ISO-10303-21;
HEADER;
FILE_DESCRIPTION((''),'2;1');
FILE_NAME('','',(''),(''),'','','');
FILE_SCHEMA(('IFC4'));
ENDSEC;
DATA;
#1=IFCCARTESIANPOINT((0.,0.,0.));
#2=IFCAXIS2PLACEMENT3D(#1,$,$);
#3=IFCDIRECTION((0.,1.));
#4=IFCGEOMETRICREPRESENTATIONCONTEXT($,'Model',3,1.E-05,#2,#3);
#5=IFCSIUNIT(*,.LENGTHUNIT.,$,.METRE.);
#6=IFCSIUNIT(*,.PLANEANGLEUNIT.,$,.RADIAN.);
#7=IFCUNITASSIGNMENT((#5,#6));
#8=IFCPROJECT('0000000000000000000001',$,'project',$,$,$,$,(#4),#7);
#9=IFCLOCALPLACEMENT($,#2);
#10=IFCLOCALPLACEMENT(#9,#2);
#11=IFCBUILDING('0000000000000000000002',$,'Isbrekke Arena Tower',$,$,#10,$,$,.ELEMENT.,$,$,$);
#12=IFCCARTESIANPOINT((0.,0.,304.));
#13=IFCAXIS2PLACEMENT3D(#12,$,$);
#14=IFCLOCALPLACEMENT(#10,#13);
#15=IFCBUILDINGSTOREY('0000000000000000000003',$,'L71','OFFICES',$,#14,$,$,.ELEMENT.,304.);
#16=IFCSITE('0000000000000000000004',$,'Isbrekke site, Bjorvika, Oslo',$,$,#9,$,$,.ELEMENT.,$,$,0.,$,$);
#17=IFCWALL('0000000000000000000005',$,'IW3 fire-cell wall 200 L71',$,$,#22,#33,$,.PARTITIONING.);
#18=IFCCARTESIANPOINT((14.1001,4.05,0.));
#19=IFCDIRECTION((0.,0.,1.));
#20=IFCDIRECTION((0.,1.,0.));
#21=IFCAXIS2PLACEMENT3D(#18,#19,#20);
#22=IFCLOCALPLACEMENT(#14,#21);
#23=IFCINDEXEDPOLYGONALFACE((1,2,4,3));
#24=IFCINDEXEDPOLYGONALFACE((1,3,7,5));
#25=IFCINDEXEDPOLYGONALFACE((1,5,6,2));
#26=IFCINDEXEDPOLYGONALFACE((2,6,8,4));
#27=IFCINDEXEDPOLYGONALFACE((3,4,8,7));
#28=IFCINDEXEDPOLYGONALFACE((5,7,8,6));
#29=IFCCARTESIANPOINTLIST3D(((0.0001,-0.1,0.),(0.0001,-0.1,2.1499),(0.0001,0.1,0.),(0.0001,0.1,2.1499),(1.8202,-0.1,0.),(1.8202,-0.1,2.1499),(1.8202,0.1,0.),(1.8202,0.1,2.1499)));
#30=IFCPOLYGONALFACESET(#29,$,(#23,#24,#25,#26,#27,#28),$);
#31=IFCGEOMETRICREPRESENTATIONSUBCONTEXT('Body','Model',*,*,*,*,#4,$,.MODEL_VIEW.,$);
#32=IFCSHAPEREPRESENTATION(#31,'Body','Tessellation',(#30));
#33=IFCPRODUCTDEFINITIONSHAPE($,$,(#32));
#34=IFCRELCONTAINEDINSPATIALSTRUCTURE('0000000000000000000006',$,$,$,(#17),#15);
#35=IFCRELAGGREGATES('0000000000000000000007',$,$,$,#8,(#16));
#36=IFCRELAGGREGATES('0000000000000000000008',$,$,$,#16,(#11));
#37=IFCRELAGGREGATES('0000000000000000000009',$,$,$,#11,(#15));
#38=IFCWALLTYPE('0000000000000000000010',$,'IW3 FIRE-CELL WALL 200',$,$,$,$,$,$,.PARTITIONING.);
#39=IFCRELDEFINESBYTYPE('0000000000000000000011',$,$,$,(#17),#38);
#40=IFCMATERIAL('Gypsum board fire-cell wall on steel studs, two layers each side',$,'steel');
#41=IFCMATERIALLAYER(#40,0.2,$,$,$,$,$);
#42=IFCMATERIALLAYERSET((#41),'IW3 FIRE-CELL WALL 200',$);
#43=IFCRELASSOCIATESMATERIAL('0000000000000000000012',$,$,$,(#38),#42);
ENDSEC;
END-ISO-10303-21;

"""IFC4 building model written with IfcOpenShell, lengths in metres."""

from ifc_helpers import new_model, si_unit, direction, frame, frame_2d, origin, place, context, subcontext, project, spatial, rectangle, extrude, material, layer, layer_set, type_object, element, save


model = new_model("IFC4")

# Units and contexts
model_context = context("Model", 3, precision=1e-05, world=origin(), true_north=direction((0.0, 1.0)))
body_context = subcontext(model_context, "Body", "Model", "MODEL_VIEW")
ifc_project = project(units=[si_unit("LENGTHUNIT", "METRE"), si_unit("PLANEANGLEUNIT", "RADIAN")], contexts=[model_context])

# Site, building, storey
site_placement = place(None, origin())
site = spatial("IfcSite", under=ifc_project, at=site_placement, Name="Isbrekke site, Bjorvika, Oslo", CompositionType="ELEMENT", RefElevation=0.0)
building_placement = place(site_placement, origin())
building = spatial("IfcBuilding", under=site, at=building_placement, Name="Isbrekke Arena Tower", CompositionType="ELEMENT")
storey_placement = place(building_placement, frame((0.0, 0.0, 304.0)))
storey = spatial("IfcBuildingStorey", under=building, at=storey_placement, Name="L71", Description="OFFICES", CompositionType="ELEMENT", Elevation=304.0)

# Wall
ifc_material_1 = material(Name="Gypsum board fire-cell wall on steel studs, two layers each side", Category="steel")
ifc_layer_1 = layer(ifc_material_1, 0.2)
ifc_layer_set_1 = layer_set([ifc_layer_1], Name="IW3 FIRE-CELL WALL 200")
wall_type_1 = type_object("IfcWallType", Name="IW3 FIRE-CELL WALL 200", PredefinedType="PARTITIONING", material=ifc_layer_set_1)
wall_1_placement = place(storey_placement, frame((14.1001, 4.05, 0.0), z_axis=(0.0, 0.0, 1.0), x_axis=(0.0, 1.0, 0.0)))
element("IfcWall", 1, at=wall_1_placement, inside=storey, type_object=wall_type_1, Name="IW3 fire-cell wall 200 L71", PredefinedType="PARTITIONING", context=body_context, shape_type="SweptSolid", body=[
    extrude(rectangle(XDim=1.8201, YDim=0.2, at=frame_2d((0.9102, 0.0))), origin(), (0.0, 0.0, 1.0), 2.1499),
])

save(model, "model.ifc")
